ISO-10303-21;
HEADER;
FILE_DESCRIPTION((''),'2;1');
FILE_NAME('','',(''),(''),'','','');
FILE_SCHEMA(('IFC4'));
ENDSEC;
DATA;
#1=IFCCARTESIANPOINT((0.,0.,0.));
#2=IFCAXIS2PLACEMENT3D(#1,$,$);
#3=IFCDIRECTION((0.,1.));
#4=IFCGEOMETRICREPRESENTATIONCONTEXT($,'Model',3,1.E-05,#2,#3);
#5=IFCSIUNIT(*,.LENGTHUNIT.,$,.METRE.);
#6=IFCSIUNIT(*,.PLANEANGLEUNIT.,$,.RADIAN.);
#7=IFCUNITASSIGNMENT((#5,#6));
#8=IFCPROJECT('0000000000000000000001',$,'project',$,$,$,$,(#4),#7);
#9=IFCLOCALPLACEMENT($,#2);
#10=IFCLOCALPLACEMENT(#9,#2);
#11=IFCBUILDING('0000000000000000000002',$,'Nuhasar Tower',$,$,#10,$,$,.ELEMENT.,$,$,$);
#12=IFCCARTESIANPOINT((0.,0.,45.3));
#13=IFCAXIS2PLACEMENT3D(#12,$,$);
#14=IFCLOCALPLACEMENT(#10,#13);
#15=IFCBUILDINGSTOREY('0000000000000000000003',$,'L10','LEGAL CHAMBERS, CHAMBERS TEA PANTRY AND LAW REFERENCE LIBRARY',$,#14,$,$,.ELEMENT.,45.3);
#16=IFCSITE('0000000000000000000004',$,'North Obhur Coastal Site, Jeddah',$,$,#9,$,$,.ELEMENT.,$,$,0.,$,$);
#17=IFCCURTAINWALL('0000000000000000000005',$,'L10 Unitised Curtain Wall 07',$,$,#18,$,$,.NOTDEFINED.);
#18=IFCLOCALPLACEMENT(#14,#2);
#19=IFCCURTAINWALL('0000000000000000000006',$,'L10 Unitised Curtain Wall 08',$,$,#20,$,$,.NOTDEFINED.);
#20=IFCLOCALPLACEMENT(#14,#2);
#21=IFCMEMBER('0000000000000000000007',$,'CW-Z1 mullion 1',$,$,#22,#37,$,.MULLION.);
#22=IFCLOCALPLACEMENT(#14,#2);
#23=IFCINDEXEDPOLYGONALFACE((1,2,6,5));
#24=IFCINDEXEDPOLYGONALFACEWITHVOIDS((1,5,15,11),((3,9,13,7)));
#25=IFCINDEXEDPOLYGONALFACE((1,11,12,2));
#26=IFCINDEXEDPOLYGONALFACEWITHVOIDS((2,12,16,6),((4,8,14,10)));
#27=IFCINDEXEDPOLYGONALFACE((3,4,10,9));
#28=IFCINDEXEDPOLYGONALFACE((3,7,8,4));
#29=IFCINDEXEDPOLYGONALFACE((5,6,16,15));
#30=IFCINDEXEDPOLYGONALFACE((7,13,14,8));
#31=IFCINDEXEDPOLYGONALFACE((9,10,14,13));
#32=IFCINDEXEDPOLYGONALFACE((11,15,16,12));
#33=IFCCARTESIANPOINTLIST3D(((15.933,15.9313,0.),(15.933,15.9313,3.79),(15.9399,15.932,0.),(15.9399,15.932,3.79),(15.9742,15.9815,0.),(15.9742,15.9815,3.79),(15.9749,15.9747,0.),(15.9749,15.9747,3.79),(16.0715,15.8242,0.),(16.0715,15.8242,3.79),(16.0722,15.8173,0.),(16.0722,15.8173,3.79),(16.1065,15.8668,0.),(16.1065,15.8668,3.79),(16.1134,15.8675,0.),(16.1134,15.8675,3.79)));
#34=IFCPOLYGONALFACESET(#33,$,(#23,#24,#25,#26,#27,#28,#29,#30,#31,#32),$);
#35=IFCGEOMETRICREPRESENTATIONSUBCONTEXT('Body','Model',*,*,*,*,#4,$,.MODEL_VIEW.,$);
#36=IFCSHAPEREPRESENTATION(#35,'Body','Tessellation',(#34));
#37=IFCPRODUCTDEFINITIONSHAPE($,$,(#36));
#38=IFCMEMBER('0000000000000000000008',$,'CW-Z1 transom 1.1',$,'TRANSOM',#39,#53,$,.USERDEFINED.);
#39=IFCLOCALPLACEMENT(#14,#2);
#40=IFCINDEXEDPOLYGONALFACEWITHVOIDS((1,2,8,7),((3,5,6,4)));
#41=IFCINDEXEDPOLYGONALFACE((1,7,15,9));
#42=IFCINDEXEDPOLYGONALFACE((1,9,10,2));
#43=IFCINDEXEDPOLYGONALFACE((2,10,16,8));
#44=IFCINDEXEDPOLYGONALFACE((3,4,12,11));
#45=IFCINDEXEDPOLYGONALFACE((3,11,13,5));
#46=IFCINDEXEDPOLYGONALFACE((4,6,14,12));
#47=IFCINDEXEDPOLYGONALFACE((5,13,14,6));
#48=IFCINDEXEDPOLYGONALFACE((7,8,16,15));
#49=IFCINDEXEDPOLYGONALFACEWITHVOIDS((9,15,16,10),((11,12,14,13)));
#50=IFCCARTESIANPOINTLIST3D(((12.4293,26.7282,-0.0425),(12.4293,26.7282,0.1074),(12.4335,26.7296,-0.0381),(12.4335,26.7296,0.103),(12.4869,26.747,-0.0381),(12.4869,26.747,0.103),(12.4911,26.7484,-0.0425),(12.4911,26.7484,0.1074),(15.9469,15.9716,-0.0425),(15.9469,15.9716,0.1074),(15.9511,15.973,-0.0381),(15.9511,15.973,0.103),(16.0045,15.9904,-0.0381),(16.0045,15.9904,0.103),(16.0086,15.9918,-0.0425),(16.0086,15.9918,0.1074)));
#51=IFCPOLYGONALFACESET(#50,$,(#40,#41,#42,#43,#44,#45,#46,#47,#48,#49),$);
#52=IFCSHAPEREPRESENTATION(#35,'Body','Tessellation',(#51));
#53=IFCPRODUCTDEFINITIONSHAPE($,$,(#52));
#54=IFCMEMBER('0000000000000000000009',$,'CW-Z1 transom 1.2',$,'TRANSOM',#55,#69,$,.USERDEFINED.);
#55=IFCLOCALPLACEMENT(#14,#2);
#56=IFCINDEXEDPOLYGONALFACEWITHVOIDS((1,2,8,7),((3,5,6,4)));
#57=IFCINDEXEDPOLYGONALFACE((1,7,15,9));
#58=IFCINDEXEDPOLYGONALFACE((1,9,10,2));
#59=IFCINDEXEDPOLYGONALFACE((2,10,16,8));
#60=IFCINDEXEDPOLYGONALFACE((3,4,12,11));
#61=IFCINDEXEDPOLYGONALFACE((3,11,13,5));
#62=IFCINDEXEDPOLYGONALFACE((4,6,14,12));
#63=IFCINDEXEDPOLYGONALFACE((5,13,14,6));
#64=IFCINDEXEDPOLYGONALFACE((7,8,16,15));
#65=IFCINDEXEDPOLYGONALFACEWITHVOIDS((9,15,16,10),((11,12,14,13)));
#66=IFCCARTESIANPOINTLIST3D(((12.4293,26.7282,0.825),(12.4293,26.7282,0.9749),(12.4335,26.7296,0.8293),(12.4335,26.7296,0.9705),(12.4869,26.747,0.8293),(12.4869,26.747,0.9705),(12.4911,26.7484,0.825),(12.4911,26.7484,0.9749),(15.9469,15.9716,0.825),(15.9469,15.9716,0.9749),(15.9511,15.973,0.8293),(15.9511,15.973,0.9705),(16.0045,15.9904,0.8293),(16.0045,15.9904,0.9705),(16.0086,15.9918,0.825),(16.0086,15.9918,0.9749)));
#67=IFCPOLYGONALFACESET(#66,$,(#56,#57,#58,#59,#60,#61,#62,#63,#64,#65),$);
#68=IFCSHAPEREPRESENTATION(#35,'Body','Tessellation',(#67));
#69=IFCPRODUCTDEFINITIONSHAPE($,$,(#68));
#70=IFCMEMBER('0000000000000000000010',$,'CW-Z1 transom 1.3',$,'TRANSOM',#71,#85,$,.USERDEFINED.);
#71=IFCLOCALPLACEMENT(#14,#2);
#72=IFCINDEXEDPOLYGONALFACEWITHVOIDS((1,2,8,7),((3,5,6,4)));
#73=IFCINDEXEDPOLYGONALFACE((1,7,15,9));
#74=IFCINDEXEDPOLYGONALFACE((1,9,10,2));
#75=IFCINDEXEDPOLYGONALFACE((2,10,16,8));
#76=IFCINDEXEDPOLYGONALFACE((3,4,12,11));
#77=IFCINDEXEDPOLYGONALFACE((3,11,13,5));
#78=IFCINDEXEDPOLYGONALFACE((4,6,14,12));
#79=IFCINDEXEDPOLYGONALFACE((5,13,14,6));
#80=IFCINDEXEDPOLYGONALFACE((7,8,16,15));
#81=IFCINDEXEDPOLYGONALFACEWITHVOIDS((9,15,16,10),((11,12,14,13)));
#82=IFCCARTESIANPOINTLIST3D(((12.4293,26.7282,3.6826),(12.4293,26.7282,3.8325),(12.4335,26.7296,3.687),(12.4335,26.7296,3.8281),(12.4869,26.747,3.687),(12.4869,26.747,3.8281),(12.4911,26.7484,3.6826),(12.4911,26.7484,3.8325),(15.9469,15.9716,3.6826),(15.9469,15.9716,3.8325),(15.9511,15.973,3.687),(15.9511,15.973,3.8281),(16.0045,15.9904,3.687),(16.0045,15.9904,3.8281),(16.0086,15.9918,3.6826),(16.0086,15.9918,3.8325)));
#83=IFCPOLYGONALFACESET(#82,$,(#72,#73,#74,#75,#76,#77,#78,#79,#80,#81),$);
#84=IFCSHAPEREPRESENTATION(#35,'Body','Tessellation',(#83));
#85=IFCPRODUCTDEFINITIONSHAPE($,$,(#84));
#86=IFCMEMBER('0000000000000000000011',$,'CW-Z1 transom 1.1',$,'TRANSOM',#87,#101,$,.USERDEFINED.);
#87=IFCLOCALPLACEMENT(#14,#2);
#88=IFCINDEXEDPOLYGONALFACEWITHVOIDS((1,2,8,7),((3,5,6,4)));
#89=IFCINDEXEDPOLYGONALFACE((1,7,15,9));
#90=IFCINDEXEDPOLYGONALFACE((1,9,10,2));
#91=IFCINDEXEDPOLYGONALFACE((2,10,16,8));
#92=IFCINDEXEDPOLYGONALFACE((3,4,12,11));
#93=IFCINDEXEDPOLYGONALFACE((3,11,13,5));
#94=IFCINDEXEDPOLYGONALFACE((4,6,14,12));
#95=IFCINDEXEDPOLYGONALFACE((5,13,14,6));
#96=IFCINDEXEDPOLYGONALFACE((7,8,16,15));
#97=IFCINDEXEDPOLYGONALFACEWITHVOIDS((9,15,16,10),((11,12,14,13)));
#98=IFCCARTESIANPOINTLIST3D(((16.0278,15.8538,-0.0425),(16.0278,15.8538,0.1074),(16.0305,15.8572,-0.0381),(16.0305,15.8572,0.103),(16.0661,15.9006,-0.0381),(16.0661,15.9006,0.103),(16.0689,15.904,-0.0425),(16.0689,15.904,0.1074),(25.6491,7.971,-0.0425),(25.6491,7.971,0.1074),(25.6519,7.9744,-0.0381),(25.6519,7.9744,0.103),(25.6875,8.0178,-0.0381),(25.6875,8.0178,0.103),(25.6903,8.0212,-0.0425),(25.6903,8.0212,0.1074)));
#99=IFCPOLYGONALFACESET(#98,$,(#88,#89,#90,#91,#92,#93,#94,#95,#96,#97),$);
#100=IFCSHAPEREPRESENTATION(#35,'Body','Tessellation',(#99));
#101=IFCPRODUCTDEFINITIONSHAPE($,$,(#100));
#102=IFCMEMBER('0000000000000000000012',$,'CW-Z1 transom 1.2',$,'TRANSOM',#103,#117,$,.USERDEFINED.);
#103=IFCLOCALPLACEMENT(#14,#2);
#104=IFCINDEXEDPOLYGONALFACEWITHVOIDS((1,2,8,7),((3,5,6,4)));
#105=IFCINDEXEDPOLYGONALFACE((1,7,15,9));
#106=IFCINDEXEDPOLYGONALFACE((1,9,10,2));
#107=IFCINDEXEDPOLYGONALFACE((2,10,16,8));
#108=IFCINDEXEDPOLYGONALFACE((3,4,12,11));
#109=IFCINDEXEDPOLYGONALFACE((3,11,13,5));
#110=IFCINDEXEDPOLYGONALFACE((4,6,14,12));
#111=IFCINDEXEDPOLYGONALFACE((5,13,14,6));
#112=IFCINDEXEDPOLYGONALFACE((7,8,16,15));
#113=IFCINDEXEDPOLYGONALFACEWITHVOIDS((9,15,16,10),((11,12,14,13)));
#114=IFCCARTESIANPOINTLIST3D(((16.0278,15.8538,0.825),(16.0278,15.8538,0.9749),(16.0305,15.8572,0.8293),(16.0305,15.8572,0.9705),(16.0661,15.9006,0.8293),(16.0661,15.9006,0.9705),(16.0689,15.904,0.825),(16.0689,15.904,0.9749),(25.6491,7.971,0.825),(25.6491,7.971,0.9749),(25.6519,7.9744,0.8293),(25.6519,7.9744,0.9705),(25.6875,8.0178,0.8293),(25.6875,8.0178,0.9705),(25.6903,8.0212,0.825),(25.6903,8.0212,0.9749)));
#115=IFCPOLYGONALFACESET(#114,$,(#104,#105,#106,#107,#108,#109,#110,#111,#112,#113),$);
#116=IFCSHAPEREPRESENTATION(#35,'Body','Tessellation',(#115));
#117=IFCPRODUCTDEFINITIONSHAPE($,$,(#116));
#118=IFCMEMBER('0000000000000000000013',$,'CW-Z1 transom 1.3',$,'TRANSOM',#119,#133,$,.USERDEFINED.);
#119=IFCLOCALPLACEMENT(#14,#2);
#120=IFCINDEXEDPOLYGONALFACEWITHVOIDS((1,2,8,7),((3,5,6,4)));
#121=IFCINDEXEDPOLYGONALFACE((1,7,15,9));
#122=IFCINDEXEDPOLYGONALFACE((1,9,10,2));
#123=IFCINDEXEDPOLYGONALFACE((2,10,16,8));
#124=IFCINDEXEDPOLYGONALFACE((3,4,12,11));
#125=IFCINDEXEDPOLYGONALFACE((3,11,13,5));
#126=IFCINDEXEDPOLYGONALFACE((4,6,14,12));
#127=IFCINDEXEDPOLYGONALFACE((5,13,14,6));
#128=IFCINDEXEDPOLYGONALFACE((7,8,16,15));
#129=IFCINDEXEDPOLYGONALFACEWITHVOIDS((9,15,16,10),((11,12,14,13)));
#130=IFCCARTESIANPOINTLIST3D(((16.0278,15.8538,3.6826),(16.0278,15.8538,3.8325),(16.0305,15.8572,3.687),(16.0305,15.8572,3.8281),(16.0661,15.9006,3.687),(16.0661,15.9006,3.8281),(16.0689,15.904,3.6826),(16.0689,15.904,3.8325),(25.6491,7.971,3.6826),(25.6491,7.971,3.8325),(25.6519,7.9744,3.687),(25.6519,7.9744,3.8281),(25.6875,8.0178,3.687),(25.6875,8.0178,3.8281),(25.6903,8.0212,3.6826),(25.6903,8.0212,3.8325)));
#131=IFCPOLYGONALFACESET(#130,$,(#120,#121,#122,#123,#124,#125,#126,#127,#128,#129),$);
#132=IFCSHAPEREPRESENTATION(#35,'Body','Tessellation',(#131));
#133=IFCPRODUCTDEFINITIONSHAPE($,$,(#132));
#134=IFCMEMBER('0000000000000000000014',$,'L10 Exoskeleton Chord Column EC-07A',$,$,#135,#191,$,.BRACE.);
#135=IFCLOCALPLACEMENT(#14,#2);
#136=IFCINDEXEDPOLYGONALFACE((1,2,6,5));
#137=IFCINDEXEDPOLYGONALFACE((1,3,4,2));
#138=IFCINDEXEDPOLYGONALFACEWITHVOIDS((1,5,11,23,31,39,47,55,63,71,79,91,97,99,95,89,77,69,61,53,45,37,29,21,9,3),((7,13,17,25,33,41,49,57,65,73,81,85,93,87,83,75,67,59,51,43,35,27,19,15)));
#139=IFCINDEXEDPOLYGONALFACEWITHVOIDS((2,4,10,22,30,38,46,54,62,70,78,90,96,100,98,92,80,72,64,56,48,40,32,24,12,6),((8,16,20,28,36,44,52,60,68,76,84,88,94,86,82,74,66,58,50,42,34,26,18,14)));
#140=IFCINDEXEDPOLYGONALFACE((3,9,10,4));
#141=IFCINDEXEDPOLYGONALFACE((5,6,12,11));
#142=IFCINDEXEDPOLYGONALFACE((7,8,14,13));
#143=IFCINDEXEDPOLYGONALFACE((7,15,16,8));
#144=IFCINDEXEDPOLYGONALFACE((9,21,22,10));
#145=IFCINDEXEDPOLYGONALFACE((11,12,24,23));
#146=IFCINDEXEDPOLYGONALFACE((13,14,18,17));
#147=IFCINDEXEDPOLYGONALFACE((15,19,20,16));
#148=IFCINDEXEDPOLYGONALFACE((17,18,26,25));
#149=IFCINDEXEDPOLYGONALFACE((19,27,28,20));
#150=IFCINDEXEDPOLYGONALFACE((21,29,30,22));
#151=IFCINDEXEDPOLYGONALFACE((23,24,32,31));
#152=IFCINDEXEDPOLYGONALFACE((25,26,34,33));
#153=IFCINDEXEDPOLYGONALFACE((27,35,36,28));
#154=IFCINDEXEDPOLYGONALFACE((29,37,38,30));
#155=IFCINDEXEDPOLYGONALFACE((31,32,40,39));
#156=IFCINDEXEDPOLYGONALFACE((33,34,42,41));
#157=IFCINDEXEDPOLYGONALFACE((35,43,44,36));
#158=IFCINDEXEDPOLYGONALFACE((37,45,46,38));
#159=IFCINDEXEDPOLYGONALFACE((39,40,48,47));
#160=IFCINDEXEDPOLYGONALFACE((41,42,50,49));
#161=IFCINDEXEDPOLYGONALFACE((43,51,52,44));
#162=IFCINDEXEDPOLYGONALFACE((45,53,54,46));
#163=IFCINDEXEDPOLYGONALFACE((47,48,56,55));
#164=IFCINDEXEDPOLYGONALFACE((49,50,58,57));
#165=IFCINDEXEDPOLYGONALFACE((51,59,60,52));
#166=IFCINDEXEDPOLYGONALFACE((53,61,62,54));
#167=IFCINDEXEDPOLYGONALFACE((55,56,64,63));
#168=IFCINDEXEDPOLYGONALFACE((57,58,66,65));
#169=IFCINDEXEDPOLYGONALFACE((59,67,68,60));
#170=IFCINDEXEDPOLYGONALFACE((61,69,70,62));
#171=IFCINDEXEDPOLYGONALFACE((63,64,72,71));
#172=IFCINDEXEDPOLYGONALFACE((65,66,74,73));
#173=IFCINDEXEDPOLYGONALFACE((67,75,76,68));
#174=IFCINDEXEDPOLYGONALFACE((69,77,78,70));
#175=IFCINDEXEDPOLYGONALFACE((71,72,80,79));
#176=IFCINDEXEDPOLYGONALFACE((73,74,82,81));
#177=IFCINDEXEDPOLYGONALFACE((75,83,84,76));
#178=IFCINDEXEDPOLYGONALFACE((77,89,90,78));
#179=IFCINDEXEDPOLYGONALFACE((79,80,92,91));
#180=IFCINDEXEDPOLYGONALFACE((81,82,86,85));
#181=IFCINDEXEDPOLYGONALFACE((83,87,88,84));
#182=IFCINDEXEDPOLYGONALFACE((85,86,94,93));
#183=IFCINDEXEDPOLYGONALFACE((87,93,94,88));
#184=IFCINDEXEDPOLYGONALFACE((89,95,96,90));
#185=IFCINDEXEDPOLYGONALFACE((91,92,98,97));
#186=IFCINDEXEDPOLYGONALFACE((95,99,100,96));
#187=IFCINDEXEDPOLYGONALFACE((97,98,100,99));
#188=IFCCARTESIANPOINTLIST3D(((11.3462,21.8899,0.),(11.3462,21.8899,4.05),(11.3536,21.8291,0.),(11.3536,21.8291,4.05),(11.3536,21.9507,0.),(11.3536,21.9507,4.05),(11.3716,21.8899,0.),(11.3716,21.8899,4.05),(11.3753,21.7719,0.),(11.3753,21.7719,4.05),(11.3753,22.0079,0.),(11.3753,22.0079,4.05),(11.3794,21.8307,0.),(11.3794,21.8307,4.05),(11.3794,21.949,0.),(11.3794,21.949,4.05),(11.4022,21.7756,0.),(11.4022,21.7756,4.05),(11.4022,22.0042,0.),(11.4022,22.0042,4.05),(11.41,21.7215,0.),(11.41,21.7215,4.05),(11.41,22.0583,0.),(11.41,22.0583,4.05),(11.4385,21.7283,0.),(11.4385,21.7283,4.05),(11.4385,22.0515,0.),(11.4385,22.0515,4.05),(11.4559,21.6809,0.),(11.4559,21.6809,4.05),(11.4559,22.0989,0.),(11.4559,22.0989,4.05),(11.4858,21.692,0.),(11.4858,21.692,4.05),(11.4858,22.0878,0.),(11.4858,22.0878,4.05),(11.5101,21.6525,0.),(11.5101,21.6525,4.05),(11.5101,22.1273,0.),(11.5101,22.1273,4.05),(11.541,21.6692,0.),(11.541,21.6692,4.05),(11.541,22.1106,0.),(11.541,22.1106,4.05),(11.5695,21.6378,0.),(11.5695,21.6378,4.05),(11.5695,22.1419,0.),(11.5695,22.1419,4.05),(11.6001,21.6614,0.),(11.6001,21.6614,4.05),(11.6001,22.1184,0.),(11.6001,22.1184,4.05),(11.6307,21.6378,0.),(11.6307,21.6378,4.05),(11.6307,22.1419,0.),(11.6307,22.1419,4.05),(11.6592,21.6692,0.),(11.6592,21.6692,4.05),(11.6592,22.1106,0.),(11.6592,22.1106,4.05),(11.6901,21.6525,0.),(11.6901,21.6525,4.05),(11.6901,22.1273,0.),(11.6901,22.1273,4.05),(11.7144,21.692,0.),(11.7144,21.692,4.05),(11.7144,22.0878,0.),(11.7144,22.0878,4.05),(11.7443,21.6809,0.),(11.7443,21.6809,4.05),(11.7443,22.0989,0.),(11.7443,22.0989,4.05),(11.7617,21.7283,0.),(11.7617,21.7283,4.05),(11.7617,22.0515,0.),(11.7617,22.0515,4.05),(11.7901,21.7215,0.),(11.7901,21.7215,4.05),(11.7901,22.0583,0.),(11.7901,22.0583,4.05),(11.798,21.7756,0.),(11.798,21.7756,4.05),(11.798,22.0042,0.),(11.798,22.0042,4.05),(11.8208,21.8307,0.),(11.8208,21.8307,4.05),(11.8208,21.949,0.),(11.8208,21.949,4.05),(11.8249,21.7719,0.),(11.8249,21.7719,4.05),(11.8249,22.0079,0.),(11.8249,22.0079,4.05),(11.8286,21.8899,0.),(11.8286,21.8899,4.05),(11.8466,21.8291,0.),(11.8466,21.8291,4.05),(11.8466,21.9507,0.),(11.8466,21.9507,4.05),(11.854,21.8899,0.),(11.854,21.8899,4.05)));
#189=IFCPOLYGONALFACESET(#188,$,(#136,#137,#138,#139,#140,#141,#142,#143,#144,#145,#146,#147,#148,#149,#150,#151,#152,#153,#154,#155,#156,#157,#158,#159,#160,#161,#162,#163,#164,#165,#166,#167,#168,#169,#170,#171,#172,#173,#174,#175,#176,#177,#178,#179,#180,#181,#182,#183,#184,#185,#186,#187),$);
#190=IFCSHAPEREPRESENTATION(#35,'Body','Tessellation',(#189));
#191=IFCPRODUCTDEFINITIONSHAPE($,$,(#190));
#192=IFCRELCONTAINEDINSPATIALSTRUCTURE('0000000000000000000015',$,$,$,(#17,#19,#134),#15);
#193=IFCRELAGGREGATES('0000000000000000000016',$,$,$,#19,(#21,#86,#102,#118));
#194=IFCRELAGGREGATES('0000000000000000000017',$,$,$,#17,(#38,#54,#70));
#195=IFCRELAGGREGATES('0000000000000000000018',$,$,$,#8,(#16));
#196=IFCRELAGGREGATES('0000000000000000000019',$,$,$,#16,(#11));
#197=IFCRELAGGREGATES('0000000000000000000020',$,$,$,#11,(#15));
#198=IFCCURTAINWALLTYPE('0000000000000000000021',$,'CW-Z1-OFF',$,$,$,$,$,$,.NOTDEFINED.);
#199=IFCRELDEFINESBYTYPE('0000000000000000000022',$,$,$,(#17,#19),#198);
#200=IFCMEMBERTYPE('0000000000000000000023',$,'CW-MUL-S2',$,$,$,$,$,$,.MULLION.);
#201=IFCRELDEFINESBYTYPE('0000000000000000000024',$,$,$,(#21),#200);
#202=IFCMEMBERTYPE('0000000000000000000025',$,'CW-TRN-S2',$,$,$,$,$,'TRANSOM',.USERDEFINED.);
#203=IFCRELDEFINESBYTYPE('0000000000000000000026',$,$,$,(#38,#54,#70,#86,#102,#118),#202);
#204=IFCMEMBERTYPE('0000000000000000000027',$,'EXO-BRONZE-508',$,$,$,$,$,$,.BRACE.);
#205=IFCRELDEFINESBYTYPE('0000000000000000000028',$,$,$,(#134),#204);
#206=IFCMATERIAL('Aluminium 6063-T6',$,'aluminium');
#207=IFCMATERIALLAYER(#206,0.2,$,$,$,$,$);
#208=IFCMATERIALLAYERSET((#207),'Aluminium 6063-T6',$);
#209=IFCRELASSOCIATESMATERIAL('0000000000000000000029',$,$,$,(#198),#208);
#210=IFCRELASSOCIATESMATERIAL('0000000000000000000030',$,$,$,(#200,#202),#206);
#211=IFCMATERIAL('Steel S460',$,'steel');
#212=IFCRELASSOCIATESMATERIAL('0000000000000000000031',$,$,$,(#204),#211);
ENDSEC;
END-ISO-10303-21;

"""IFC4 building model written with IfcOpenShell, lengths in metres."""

from ifc_helpers import new_model, si_unit, direction, frame, origin, origin_2d, place, context, subcontext, project, spatial, hollow_rectangle, hollow_circle, extrude, material, layer, layer_set, material_profile, profile_set, type_object, element, aggregate, save


model = new_model("IFC4")

# Units and contexts
model_context = context("Model", 3, precision=1e-05, world=origin(), true_north=direction((0.0, 1.0)))
body_context = subcontext(model_context, "Body", "Model", "MODEL_VIEW")
ifc_project = project(units=[si_unit("LENGTHUNIT", "METRE"), si_unit("PLANEANGLEUNIT", "RADIAN")], contexts=[model_context])

# Site, building, storey
site_placement = place(None, origin())
site = spatial("IfcSite", under=ifc_project, at=site_placement, Name="North Obhur Coastal Site, Jeddah", CompositionType="ELEMENT", RefElevation=0.0)
building_placement = place(site_placement, origin())
building = spatial("IfcBuilding", under=site, at=building_placement, Name="Nuhasar Tower", CompositionType="ELEMENT")
storey_placement = place(building_placement, frame((0.0, 0.0, 45.3)))
storey = spatial("IfcBuildingStorey", under=building, at=storey_placement, Name="L10", Description="LEGAL CHAMBERS, CHAMBERS TEA PANTRY AND LAW REFERENCE LIBRARY", CompositionType="ELEMENT", Elevation=45.3)

# Curtain walls, member
ifc_material_1 = material(Name="Aluminium 6063-T6", Category="aluminium")
ifc_layer_1 = layer(ifc_material_1, 0.2)
ifc_layer_set_1 = layer_set([ifc_layer_1], Name="Aluminium 6063-T6")
curtain_wall_type = type_object("IfcCurtainWallType", Name="CW-Z1-OFF", PredefinedType="NOTDEFINED", material=ifc_layer_set_1)
curtain_wall_1_placement = place(storey_placement, origin())
curtain_wall_1 = element("IfcCurtainWall", 1, at=curtain_wall_1_placement, inside=storey, type_object=curtain_wall_type, Name="L10 Unitised Curtain Wall 07", PredefinedType="NOTDEFINED")
ifc_material_profile_1 = material_profile(ifc_material_1, hollow_rectangle(XDim=0.0649, YDim=0.1799, WallThickness=0.0049, at=origin_2d()), Name="CWM-2")
ifc_profile_set_1 = profile_set([ifc_material_profile_1], Name="Aluminium 6063-T6")
member_type_1 = type_object("IfcMemberType", Name="CW-MUL-S2", PredefinedType="MULLION", material=ifc_profile_set_1)
curtain_wall_2_placement = place(storey_placement, origin())
curtain_wall_2 = element("IfcCurtainWall", 2, at=curtain_wall_2_placement, inside=storey, type_object=curtain_wall_type, Name="L10 Unitised Curtain Wall 08", PredefinedType="NOTDEFINED")
member_1_placement = place(storey_placement, frame((16.0232, 15.8994, 0.0), z_axis=(0.0, 0.0, 1.0), x_axis=(0.633745, 0.773542, 0.0)))
member_1 = element("IfcMember", 3, at=member_1_placement, type_object=member_type_1, Name="CW-Z1 mullion 1", PredefinedType="MULLION", context=body_context, shape_type="SweptSolid", body=[
    extrude(hollow_rectangle(XDim=0.0649, YDim=0.1799, WallThickness=0.0049, at=origin_2d()), origin(), (0.0, 0.0, 1.0), 3.79),
])

# Members
ifc_material_profile_2 = material_profile(ifc_material_1, hollow_rectangle(XDim=0.0649, YDim=0.1499, WallThickness=0.0044, at=origin_2d()), Name="CWT-2")
ifc_profile_set_2 = profile_set([ifc_material_profile_2], Name="Aluminium 6063-T6")
member_type_2 = type_object("IfcMemberType", Name="CW-TRN-S2", ElementType="TRANSOM", PredefinedType="USERDEFINED", material=ifc_profile_set_2)
member_2_placement = place(storey_placement, frame((12.4602, 26.7383, 0.0325), z_axis=(0.310819, -0.950469, 0.0), x_axis=(0.950469, 0.310819, 0.0)))
member_2 = element("IfcMember", 4, at=member_2_placement, type_object=member_type_2, Name="CW-Z1 transom 1.1", ObjectType="TRANSOM", PredefinedType="USERDEFINED", context=body_context, shape_type="SweptSolid", body=[
    extrude(hollow_rectangle(XDim=0.0649, YDim=0.1499, WallThickness=0.0044, at=origin_2d()), origin(), (0.0, 0.0, 1.0), 11.3171),
])
member_3_placement = place(storey_placement, frame((12.4602, 26.7383, 0.8999), z_axis=(0.310819, -0.950469, 0.0), x_axis=(0.950469, 0.310819, 0.0)))
member_3 = element("IfcMember", 5, at=member_3_placement, type_object=member_type_2, Name="CW-Z1 transom 1.2", ObjectType="TRANSOM", PredefinedType="USERDEFINED", context=body_context, shape_type="SweptSolid", body=[
    extrude(hollow_rectangle(XDim=0.0649, YDim=0.1499, WallThickness=0.0044, at=origin_2d()), origin(), (0.0, 0.0, 1.0), 11.3171),
])
member_4_placement = place(storey_placement, frame((12.4602, 26.7383, 3.7576), z_axis=(0.310819, -0.950469, 0.0), x_axis=(0.950469, 0.310819, 0.0)))
member_4 = element("IfcMember", 6, at=member_4_placement, type_object=member_type_2, Name="CW-Z1 transom 1.3", ObjectType="TRANSOM", PredefinedType="USERDEFINED", context=body_context, shape_type="SweptSolid", body=[
    extrude(hollow_rectangle(XDim=0.0649, YDim=0.1499, WallThickness=0.0044, at=origin_2d()), origin(), (0.0, 0.0, 1.0), 11.3171),
])
member_5_placement = place(storey_placement, frame((16.0483, 15.8789, 0.0325), z_axis=(0.773531, -0.633758, 0.0), x_axis=(0.633758, 0.773531, 0.0)))
member_5 = element("IfcMember", 7, at=member_5_placement, type_object=member_type_2, Name="CW-Z1 transom 1.1", ObjectType="TRANSOM", PredefinedType="USERDEFINED", context=body_context, shape_type="SweptSolid", body=[
    extrude(hollow_rectangle(XDim=0.0649, YDim=0.1499, WallThickness=0.0044, at=origin_2d()), origin(), (0.0, 0.0, 1.0), 12.4382),
])
member_6_placement = place(storey_placement, frame((16.0483, 15.8789, 0.8999), z_axis=(0.773531, -0.633758, 0.0), x_axis=(0.633758, 0.773531, 0.0)))
member_6 = element("IfcMember", 8, at=member_6_placement, type_object=member_type_2, Name="CW-Z1 transom 1.2", ObjectType="TRANSOM", PredefinedType="USERDEFINED", context=body_context, shape_type="SweptSolid", body=[
    extrude(hollow_rectangle(XDim=0.0649, YDim=0.1499, WallThickness=0.0044, at=origin_2d()), origin(), (0.0, 0.0, 1.0), 12.4382),
])
member_7_placement = place(storey_placement, frame((16.0483, 15.8789, 3.7576), z_axis=(0.773531, -0.633758, 0.0), x_axis=(0.633758, 0.773531, 0.0)))
member_7 = element("IfcMember", 9, at=member_7_placement, type_object=member_type_2, Name="CW-Z1 transom 1.3", ObjectType="TRANSOM", PredefinedType="USERDEFINED", context=body_context, shape_type="SweptSolid", body=[
    extrude(hollow_rectangle(XDim=0.0649, YDim=0.1499, WallThickness=0.0044, at=origin_2d()), origin(), (0.0, 0.0, 1.0), 12.4382),
])
aggregate(curtain_wall_2, [member_1, member_5, member_6, member_7])

# Member
ifc_material_2 = material(Name="Steel S460", Category="steel")
ifc_material_profile_3 = material_profile(ifc_material_2, hollow_circle(Radius=0.2539, WallThickness=0.0254, at=origin_2d()), Name="HSS508X25.4")
ifc_profile_set_3 = profile_set([ifc_material_profile_3], Name="Steel S460")
member_type_3 = type_object("IfcMemberType", Name="EXO-BRONZE-508", PredefinedType="BRACE", material=ifc_profile_set_3)
for number, where, z_axis, x_axis, name in (
    (10, (11.6001, 21.8899, 0.0), (0.0, 0.0, 1.0), (1.0, 0.0, 0.0), "L10 Exoskeleton Chord Column EC-07A"),
):
    element("IfcMember", number, at=place(storey_placement, frame(where, z_axis=z_axis, x_axis=x_axis)), inside=storey, type_object=member_type_3, Name=name, PredefinedType="BRACE", context=body_context, shape_type="SweptSolid", body=[
        extrude(hollow_circle(Radius=0.2539, WallThickness=0.0254, at=origin_2d()), origin(), (0.0, 0.0, 1.0), 4.05),
    ])

aggregate(curtain_wall_1, [member_2, member_3, member_4])

save(model, "model.ifc")
